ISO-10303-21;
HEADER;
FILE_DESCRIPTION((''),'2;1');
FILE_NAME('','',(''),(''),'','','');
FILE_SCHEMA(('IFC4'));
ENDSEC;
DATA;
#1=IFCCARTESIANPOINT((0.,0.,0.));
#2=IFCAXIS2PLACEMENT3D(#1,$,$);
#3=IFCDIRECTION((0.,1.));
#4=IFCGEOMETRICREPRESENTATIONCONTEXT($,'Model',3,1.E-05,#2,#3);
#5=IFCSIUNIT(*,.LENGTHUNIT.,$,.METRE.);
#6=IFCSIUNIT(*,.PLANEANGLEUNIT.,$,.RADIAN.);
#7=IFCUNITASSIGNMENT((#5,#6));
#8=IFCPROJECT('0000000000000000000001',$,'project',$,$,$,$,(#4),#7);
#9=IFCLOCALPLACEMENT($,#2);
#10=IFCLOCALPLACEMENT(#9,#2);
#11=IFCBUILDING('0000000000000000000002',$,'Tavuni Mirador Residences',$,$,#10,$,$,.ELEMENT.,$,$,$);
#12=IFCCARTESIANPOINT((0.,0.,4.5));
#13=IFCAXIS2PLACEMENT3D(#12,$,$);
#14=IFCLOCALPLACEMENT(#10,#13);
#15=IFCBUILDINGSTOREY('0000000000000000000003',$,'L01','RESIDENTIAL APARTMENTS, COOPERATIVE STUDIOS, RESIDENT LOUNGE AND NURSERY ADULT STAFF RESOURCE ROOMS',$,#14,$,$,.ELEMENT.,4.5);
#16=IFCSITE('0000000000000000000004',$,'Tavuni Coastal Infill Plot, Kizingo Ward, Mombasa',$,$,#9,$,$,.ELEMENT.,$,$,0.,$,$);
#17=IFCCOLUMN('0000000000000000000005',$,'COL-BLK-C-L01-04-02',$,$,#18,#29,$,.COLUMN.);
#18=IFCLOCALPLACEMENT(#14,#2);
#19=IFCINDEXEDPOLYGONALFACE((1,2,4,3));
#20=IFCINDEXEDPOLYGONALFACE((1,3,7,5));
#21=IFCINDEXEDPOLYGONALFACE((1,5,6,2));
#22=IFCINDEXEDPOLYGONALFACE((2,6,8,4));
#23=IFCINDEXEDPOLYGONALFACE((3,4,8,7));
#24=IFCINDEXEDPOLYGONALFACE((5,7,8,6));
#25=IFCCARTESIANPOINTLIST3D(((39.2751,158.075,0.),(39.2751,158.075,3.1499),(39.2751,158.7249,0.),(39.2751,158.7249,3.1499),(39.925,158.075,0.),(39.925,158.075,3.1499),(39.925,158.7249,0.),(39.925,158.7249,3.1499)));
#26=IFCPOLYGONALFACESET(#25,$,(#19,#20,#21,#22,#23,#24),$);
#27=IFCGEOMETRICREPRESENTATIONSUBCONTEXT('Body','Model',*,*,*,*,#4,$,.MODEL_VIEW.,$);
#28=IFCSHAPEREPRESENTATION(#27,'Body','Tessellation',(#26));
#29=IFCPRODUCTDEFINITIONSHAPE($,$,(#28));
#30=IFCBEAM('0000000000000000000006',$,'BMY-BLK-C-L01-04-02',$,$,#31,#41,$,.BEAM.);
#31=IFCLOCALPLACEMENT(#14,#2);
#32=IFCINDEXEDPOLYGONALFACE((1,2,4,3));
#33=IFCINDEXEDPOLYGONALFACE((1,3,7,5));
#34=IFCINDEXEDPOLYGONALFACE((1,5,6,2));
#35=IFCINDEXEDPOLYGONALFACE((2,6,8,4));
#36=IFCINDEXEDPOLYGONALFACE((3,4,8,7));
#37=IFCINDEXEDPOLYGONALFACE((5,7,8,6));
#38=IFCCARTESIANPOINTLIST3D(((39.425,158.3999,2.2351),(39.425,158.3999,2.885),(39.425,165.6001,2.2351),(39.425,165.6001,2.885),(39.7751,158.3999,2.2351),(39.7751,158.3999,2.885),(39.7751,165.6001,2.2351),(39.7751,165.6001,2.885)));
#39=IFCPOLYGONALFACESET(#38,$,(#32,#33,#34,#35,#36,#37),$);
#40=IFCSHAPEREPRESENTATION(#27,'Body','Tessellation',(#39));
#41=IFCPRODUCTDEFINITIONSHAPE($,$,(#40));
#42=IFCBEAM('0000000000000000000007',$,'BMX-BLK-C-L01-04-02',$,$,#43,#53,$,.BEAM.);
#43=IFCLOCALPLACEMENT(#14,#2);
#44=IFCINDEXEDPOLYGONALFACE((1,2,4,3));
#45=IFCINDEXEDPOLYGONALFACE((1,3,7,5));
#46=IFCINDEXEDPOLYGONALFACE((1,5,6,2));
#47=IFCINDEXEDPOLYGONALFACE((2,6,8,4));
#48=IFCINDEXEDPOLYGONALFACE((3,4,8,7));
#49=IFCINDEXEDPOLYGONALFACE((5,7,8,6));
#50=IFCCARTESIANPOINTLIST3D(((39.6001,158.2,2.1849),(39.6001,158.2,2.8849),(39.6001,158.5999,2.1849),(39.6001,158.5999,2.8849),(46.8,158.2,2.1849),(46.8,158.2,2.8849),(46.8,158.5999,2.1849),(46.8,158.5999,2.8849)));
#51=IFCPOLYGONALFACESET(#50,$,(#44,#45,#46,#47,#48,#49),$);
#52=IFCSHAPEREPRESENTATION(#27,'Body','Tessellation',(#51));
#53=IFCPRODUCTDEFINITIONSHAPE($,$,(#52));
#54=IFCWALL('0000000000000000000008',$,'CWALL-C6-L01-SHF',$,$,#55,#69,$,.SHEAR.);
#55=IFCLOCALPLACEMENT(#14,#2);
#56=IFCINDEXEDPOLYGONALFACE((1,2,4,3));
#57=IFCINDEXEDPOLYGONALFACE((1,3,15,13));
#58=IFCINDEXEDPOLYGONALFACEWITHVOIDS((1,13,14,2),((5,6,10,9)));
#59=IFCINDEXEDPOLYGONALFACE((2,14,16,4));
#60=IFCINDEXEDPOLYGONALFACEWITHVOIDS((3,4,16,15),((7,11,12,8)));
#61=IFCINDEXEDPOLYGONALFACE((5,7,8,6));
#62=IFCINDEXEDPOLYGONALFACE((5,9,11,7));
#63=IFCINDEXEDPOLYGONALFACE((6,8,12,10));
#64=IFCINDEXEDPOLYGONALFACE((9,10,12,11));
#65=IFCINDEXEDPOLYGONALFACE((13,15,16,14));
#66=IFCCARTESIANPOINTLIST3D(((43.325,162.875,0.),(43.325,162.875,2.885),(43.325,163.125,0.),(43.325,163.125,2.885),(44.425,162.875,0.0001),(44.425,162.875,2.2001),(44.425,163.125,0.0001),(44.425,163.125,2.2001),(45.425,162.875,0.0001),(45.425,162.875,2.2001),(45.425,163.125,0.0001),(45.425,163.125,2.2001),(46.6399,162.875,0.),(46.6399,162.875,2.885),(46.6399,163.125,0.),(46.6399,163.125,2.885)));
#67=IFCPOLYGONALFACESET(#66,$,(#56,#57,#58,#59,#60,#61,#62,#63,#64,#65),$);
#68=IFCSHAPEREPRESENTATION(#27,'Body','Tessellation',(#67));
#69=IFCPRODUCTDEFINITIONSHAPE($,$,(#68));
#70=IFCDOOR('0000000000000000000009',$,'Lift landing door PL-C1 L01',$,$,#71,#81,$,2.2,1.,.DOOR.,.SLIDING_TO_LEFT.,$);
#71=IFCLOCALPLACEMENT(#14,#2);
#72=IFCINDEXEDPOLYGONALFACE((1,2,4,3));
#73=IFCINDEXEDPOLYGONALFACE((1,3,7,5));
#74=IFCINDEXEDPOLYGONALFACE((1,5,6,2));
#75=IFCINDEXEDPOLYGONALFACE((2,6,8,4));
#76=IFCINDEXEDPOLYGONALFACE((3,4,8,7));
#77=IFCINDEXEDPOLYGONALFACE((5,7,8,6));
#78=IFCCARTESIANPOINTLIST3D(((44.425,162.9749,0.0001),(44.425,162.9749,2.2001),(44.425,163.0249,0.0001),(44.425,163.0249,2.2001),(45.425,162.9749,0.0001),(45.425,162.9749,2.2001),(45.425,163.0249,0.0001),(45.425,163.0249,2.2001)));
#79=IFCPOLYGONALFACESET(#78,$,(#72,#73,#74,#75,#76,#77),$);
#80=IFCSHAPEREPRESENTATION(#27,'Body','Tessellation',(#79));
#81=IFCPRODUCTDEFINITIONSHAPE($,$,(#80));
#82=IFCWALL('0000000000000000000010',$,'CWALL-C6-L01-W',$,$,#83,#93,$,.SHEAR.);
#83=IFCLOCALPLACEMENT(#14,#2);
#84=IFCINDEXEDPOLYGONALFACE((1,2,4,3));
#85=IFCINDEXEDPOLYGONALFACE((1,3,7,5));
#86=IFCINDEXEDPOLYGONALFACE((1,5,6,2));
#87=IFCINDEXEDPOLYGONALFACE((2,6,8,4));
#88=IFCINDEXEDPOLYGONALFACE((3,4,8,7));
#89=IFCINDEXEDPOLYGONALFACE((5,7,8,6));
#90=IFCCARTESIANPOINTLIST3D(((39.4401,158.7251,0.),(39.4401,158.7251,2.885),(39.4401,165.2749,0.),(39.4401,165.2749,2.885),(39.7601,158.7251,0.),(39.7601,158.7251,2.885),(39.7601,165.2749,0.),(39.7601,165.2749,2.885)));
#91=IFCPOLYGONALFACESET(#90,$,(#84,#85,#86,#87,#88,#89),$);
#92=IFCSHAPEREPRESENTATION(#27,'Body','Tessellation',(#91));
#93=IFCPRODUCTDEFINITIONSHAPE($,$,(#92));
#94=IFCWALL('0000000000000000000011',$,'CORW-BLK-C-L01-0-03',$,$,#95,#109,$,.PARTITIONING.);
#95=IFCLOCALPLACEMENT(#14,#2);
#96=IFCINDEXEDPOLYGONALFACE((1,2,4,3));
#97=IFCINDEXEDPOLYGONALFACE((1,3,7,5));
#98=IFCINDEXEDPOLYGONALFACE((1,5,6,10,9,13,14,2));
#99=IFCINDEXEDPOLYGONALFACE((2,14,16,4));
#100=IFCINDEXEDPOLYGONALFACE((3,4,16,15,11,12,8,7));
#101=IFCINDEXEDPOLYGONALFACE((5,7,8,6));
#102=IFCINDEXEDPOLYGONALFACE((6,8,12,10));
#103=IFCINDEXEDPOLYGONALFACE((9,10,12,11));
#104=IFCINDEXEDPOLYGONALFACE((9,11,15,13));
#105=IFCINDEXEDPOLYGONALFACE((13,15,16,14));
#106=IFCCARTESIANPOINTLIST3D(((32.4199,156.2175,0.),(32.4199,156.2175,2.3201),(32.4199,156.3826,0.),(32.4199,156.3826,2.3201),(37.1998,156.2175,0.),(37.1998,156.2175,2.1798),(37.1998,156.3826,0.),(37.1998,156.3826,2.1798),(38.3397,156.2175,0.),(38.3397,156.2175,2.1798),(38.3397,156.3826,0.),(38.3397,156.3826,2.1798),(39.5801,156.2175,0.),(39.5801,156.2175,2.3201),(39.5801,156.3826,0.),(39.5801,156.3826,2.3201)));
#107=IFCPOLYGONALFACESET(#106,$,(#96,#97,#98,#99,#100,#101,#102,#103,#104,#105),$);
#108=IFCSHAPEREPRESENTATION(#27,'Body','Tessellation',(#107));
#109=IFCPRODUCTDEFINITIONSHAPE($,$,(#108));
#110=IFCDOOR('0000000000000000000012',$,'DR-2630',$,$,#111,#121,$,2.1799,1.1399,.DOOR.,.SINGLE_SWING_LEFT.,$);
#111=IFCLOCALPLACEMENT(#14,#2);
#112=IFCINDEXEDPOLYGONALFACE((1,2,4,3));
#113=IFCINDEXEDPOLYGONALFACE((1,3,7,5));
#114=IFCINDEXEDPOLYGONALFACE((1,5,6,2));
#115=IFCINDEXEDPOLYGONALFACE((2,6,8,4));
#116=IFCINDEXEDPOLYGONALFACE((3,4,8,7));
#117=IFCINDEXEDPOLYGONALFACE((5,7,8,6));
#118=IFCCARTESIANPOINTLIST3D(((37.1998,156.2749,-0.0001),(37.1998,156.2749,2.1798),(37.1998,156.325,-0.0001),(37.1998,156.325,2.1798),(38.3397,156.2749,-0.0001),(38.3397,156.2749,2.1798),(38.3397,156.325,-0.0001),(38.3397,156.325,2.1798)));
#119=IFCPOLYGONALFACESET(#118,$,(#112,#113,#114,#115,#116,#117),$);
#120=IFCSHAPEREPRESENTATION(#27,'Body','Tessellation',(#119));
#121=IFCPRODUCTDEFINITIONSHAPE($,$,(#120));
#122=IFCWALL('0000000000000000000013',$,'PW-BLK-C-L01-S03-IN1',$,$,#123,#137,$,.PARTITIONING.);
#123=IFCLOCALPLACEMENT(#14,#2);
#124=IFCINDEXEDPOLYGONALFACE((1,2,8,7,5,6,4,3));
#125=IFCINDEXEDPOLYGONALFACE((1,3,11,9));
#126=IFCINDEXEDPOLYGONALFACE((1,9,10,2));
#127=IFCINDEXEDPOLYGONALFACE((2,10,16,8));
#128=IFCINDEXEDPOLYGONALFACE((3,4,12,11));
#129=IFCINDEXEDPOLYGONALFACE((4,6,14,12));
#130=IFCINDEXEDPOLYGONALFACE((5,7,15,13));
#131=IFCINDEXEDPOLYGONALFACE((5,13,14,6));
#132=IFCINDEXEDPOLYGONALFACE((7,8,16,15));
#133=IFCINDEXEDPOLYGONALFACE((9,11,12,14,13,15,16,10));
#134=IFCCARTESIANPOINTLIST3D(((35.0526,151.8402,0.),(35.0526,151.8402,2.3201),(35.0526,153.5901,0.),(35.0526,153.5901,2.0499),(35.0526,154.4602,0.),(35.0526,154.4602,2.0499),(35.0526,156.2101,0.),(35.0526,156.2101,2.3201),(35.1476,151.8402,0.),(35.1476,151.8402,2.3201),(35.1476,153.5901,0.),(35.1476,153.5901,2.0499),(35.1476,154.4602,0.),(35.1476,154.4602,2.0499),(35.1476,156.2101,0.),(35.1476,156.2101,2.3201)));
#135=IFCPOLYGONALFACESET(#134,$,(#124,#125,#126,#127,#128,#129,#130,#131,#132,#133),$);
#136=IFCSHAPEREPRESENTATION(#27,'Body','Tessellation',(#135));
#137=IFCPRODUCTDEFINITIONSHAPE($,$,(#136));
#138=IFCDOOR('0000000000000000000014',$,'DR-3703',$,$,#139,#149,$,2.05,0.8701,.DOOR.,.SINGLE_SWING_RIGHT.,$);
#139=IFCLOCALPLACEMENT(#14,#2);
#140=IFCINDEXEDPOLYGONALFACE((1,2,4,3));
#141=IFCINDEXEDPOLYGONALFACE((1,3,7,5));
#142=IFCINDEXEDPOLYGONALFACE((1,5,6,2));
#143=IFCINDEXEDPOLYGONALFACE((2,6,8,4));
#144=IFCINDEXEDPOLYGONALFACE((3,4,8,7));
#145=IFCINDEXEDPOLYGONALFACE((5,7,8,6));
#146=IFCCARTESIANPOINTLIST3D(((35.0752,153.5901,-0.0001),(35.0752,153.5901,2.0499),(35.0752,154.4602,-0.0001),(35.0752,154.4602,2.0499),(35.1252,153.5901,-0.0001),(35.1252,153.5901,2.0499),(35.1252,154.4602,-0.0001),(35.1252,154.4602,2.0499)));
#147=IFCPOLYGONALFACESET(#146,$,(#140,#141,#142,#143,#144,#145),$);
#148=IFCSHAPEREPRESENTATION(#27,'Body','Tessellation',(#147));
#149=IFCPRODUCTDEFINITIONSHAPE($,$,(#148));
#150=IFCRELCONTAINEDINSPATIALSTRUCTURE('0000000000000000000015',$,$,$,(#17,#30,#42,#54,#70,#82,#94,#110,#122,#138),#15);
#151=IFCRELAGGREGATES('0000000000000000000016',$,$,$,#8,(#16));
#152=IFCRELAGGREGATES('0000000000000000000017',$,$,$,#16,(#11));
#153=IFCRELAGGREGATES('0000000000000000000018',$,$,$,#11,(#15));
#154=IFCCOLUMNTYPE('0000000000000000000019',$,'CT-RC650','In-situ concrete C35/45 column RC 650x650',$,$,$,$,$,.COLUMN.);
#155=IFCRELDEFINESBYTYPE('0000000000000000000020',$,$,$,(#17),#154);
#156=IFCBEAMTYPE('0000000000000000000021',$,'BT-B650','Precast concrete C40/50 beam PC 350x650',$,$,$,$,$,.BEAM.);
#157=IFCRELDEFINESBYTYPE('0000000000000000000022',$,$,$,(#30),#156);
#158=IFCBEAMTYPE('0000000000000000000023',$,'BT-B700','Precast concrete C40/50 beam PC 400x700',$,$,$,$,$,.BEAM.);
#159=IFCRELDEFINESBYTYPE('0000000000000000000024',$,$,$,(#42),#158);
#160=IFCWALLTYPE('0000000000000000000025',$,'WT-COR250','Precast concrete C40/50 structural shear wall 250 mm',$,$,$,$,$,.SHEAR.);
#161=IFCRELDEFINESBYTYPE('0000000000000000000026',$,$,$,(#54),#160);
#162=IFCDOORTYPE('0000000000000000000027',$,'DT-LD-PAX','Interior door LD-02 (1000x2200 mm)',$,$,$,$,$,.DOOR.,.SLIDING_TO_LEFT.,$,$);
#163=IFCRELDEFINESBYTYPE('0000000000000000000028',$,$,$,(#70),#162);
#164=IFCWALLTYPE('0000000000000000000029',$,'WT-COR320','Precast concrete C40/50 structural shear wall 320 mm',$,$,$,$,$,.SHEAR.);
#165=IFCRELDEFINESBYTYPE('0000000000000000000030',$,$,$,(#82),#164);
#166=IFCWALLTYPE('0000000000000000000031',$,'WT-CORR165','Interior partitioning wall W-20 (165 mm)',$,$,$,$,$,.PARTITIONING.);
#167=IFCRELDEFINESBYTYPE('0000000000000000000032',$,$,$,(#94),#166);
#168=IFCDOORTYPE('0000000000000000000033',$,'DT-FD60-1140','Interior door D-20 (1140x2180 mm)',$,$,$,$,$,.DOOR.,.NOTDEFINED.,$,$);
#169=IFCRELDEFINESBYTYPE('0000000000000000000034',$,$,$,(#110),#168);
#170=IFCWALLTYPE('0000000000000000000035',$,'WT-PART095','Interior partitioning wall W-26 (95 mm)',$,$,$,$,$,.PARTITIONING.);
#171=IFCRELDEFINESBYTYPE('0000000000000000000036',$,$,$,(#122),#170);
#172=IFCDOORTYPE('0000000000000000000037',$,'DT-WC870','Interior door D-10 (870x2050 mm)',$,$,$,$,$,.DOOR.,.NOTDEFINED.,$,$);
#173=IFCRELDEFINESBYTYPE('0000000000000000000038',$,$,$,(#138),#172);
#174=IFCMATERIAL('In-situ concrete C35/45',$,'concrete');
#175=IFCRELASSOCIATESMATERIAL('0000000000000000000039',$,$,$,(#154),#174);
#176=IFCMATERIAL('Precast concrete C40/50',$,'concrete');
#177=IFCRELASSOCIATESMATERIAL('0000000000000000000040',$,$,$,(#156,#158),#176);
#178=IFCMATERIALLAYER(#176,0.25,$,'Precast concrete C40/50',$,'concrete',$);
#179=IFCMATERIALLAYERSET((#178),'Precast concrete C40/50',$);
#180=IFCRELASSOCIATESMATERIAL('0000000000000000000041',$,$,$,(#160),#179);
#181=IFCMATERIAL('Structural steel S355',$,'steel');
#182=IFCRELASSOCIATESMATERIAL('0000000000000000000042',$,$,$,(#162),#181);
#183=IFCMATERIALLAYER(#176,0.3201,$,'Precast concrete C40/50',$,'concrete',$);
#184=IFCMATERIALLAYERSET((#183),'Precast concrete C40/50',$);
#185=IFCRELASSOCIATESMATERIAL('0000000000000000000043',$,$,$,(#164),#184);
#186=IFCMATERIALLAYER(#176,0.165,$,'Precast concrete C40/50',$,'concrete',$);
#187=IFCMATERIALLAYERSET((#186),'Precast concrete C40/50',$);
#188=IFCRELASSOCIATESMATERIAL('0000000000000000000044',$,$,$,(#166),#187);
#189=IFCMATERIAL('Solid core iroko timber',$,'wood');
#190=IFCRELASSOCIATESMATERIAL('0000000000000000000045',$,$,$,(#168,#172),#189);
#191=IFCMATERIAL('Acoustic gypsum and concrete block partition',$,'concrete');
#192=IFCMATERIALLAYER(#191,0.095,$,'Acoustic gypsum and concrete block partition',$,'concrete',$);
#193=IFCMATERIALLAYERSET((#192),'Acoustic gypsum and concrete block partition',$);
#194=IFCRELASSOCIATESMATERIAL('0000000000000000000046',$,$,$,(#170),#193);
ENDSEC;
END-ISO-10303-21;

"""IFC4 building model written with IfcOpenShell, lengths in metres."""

from ifc_helpers import new_model, si_unit, direction, frame, frame_2d, origin, origin_2d, place, context, subcontext, project, spatial, rectangle, extrude, material, layer, layer_set, material_profile, profile_set, type_object, element, fill, save


model = new_model("IFC4")

# Units and contexts
model_context = context("Model", 3, precision=1e-05, world=origin(), true_north=direction((0.0, 1.0)))
body_context = subcontext(model_context, "Body", "Model", "MODEL_VIEW")
ifc_project = project(units=[si_unit("LENGTHUNIT", "METRE"), si_unit("PLANEANGLEUNIT", "RADIAN")], contexts=[model_context])

# Site, building, storey
site_placement = place(None, origin())
site = spatial("IfcSite", under=ifc_project, at=site_placement, Name="Tavuni Coastal Infill Plot, Kizingo Ward, Mombasa", CompositionType="ELEMENT", RefElevation=0.0)
building_placement = place(site_placement, origin())
building = spatial("IfcBuilding", under=site, at=building_placement, Name="Tavuni Mirador Residences", CompositionType="ELEMENT")
storey_placement = place(building_placement, frame((0.0, 0.0, 4.5)))
storey = spatial("IfcBuildingStorey", under=building, at=storey_placement, Name="L01", Description="RESIDENTIAL APARTMENTS, COOPERATIVE STUDIOS, RESIDENT LOUNGE AND NURSERY ADULT STAFF RESOURCE ROOMS", CompositionType="ELEMENT", Elevation=4.5)

# Column
ifc_material_1 = material(Name="In-situ concrete C35/45", Category="concrete")
ifc_material_profile_1 = material_profile(ifc_material_1, rectangle(XDim=0.6499, YDim=0.6499, at=origin_2d()), Name="RC 650x650", Category="concrete")
ifc_profile_set_1 = profile_set([ifc_material_profile_1], Name="In-situ concrete C35/45")
column_type = type_object("IfcColumnType", Name="CT-RC650", Description="In-situ concrete C35/45 column RC 650x650", PredefinedType="COLUMN", material=ifc_profile_set_1)
column_placement = place(storey_placement, frame((39.6001, 158.3999, 0.0), z_axis=(0.0, 0.0, 1.0), x_axis=(1.0, 0.0, 0.0)))
element("IfcColumn", 1, at=column_placement, inside=storey, type_object=column_type, Name="COL-BLK-C-L01-04-02", PredefinedType="COLUMN", context=body_context, shape_type="SweptSolid", body=[
    extrude(rectangle(XDim=0.6499, YDim=0.6499, at=origin_2d()), origin(), (0.0, 0.0, 1.0), 3.1499),
])

# Beams
ifc_material_2 = material(Name="Precast concrete C40/50", Category="concrete")
ifc_material_profile_2 = material_profile(ifc_material_2, rectangle(XDim=0.3501, YDim=0.6499, at=origin_2d()), Name="PC 350x650", Category="concrete")
ifc_profile_set_2 = profile_set([ifc_material_profile_2], Name="Precast concrete C40/50")
beam_type_1 = type_object("IfcBeamType", Name="BT-B650", Description="Precast concrete C40/50 beam PC 350x650", PredefinedType="BEAM", material=ifc_profile_set_2)
beam_1_placement = place(storey_placement, frame((39.6001, 158.3999, 2.5601), z_axis=(0.0, 1.0, 0.0), x_axis=(-1.0, 0.0, 0.0)))
element("IfcBeam", 2, at=beam_1_placement, inside=storey, type_object=beam_type_1, Name="BMY-BLK-C-L01-04-02", PredefinedType="BEAM", context=body_context, shape_type="SweptSolid", body=[
    extrude(rectangle(XDim=0.3501, YDim=0.6499, at=origin_2d()), origin(), (0.0, 0.0, 1.0), 7.2002),
])
ifc_material_profile_3 = material_profile(ifc_material_2, rectangle(XDim=0.3999, YDim=0.7, at=origin_2d()), Name="PC 400x700", Category="concrete")
ifc_profile_set_3 = profile_set([ifc_material_profile_3], Name="Precast concrete C40/50")
beam_type_2 = type_object("IfcBeamType", Name="BT-B700", Description="Precast concrete C40/50 beam PC 400x700", PredefinedType="BEAM", material=ifc_profile_set_3)
beam_2_placement = place(storey_placement, frame((39.6001, 158.3999, 2.5349), z_axis=(1.0, 0.0, 0.0), x_axis=(0.0, 1.0, 0.0)))
element("IfcBeam", 3, at=beam_2_placement, inside=storey, type_object=beam_type_2, Name="BMX-BLK-C-L01-04-02", PredefinedType="BEAM", context=body_context, shape_type="SweptSolid", body=[
    extrude(rectangle(XDim=0.3999, YDim=0.7, at=origin_2d()), origin(), (0.0, 0.0, 1.0), 7.2),
])

# Wall, opening, door
ifc_layer_1 = layer(ifc_material_2, 0.25, Name="Precast concrete C40/50", Category="concrete")
ifc_layer_set_1 = layer_set([ifc_layer_1], Name="Precast concrete C40/50")
wall_type_1 = type_object("IfcWallType", Name="WT-COR250", Description="Precast concrete C40/50 structural shear wall 250 mm", PredefinedType="SHEAR", material=ifc_layer_set_1)
ifc_material_3 = material(Name="Solid core iroko timber", Category="wood")
wall_1_placement = place(storey_placement, frame((43.325, 163.0, 0.0), z_axis=(0.0, 0.0, 1.0), x_axis=(1.0, 0.0, 0.0)))
wall_1 = element("IfcWall", 4, at=wall_1_placement, inside=storey, type_object=wall_type_1, Name="CWALL-C6-L01-SHF", PredefinedType="SHEAR", context=body_context, shape_type="SweptSolid", body=[
    extrude(rectangle(XDim=3.3149, YDim=0.25, at=frame_2d((1.6575, 0.0))), origin(), (0.0, 0.0, 1.0), 2.885),
])
opening_1_placement = place(wall_1_placement, frame((1.1001, 0.0, 0.0)))
opening_1 = element("IfcOpeningElement", 5, at=opening_1_placement, cuts=wall_1, PredefinedType="OPENING", context=body_context, shape_type="SweptSolid", body=[
    extrude(rectangle(XDim=1.0, YDim=2.2, at=frame_2d((0.5, 1.1001))), frame((0.0, 0.135, 0.0), z_axis=(0.0, -1.0, 0.0), x_axis=(1.0, 0.0, 0.0)), (0.0, 0.0, 1.0), 0.27),
])
ifc_material_4 = material(Name="Structural steel S355", Category="steel")
door_type_1 = type_object("IfcDoorType", Name="DT-LD-PAX", Description="Interior door LD-02 (1000x2200 mm)", OperationType="SLIDING_TO_LEFT", PredefinedType="DOOR", material=ifc_material_4)
door_1_placement = place(opening_1_placement, origin())
door_1 = element("IfcDoor", 6, at=door_1_placement, inside=storey, type_object=door_type_1, Name="Lift landing door PL-C1 L01", OperationType="SLIDING_TO_LEFT", OverallHeight=2.2, OverallWidth=1.0, PredefinedType="DOOR", context=body_context, shape_type="SweptSolid", body=[
    extrude(rectangle(XDim=1.0, YDim=2.2, at=frame_2d((0.5, 1.1001))), frame((0.0, 0.0249, 0.0), z_axis=(0.0, -1.0, 0.0), x_axis=(1.0, 0.0, 0.0)), (0.0, 0.0, 1.0), 0.05),
])
fill(opening_1, door_1)

# Wall
ifc_layer_2 = layer(ifc_material_2, 0.3201, Name="Precast concrete C40/50", Category="concrete")
ifc_layer_set_2 = layer_set([ifc_layer_2], Name="Precast concrete C40/50")
wall_type_2 = type_object("IfcWallType", Name="WT-COR320", Description="Precast concrete C40/50 structural shear wall 320 mm", PredefinedType="SHEAR", material=ifc_layer_set_2)
wall_2_placement = place(storey_placement, frame((39.6001, 158.7251, 0.0), z_axis=(0.0, 0.0, 1.0), x_axis=(0.0, 1.0, 0.0)))
element("IfcWall", 7, at=wall_2_placement, inside=storey, type_object=wall_type_2, Name="CWALL-C6-L01-W", PredefinedType="SHEAR", context=body_context, shape_type="SweptSolid", body=[
    extrude(rectangle(XDim=6.5498, YDim=0.3201, at=frame_2d((3.2749, 0.0))), origin(), (0.0, 0.0, 1.0), 2.885),
])

# Walls, openings, doors
ifc_layer_3 = layer(ifc_material_2, 0.165, Name="Precast concrete C40/50", Category="concrete")
ifc_layer_set_3 = layer_set([ifc_layer_3], Name="Precast concrete C40/50")
wall_type_3 = type_object("IfcWallType", Name="WT-CORR165", Description="Interior partitioning wall W-20 (165 mm)", PredefinedType="PARTITIONING", material=ifc_layer_set_3)
wall_3_placement = place(storey_placement, frame((32.4199, 156.3, 0.0), z_axis=(0.0, 0.0, 1.0), x_axis=(1.0, 0.0, 0.0)))
wall_3 = element("IfcWall", 8, at=wall_3_placement, inside=storey, type_object=wall_type_3, Name="CORW-BLK-C-L01-0-03", PredefinedType="PARTITIONING", context=body_context, shape_type="SweptSolid", body=[
    extrude(rectangle(XDim=7.1602, YDim=0.165, at=frame_2d((3.5801, 0.0))), origin(), (0.0, 0.0, 1.0), 2.3201),
])
opening_2_placement = place(wall_3_placement, frame((4.78, 0.0, 0.0)))
opening_2 = element("IfcOpeningElement", 9, at=opening_2_placement, cuts=wall_3, PredefinedType="OPENING", context=body_context, shape_type="SweptSolid", body=[
    extrude(rectangle(XDim=1.1399, YDim=2.1799, at=frame_2d((0.5698, 1.0898))), frame((0.0, 0.0925, 0.0), z_axis=(0.0, -1.0, 0.0), x_axis=(1.0, 0.0, 0.0)), (0.0, 0.0, 1.0), 0.1851),
])
door_type_2 = type_object("IfcDoorType", Name="DT-FD60-1140", Description="Interior door D-20 (1140x2180 mm)", OperationType="NOTDEFINED", PredefinedType="DOOR", material=ifc_material_3)
door_2_placement = place(opening_2_placement, origin())
door_2 = element("IfcDoor", 10, at=door_2_placement, inside=storey, type_object=door_type_2, Name="DR-2630", OperationType="SINGLE_SWING_LEFT", OverallHeight=2.1799, OverallWidth=1.1399, PredefinedType="DOOR", context=body_context, shape_type="SweptSolid", body=[
    extrude(rectangle(XDim=1.1399, YDim=2.1799, at=frame_2d((0.5698, 1.0898))), frame((0.0, 0.0249, 0.0), z_axis=(0.0, -1.0, 0.0), x_axis=(1.0, 0.0, 0.0)), (0.0, 0.0, 1.0), 0.05),
])
fill(opening_2, door_2)
ifc_material_5 = material(Name="Acoustic gypsum and concrete block partition", Category="concrete")
ifc_layer_4 = layer(ifc_material_5, 0.095, Name="Acoustic gypsum and concrete block partition", Category="concrete")
ifc_layer_set_4 = layer_set([ifc_layer_4], Name="Acoustic gypsum and concrete block partition")
wall_type_4 = type_object("IfcWallType", Name="WT-PART095", Description="Interior partitioning wall W-26 (95 mm)", PredefinedType="PARTITIONING", material=ifc_layer_set_4)
wall_4_placement = place(storey_placement, frame((35.1001, 151.8401, 0.0), z_axis=(0.0, 0.0, 1.0), x_axis=(0.0, 1.0, 0.0)))
wall_4 = element("IfcWall", 11, at=wall_4_placement, inside=storey, type_object=wall_type_4, Name="PW-BLK-C-L01-S03-IN1", PredefinedType="PARTITIONING", context=body_context, shape_type="SweptSolid", body=[
    extrude(rectangle(XDim=4.3699, YDim=0.095, at=frame_2d((2.1851, 0.0))), origin(), (0.0, 0.0, 1.0), 2.3201),
])
opening_3_placement = place(wall_4_placement, frame((1.75, 0.0, 0.0)))
opening_3 = element("IfcOpeningElement", 12, at=opening_3_placement, cuts=wall_4, PredefinedType="OPENING", context=body_context, shape_type="SweptSolid", body=[
    extrude(rectangle(XDim=0.8701, YDim=2.05, at=frame_2d((0.4351, 1.0249))), frame((0.0, 0.0576, 0.0), z_axis=(0.0, -1.0, 0.0), x_axis=(1.0, 0.0, 0.0)), (0.0, 0.0, 1.0), 0.115),
])
door_type_3 = type_object("IfcDoorType", Name="DT-WC870", Description="Interior door D-10 (870x2050 mm)", OperationType="NOTDEFINED", PredefinedType="DOOR", material=ifc_material_3)
door_3_placement = place(opening_3_placement, origin())
door_3 = element("IfcDoor", 13, at=door_3_placement, inside=storey, type_object=door_type_3, Name="DR-3703", OperationType="SINGLE_SWING_RIGHT", OverallHeight=2.05, OverallWidth=0.8701, PredefinedType="DOOR", context=body_context, shape_type="SweptSolid", body=[
    extrude(rectangle(XDim=0.8701, YDim=2.05, at=frame_2d((0.4351, 1.0249))), frame((0.0, 0.0249, 0.0), z_axis=(0.0, -1.0, 0.0), x_axis=(1.0, 0.0, 0.0)), (0.0, 0.0, 1.0), 0.05),
])
fill(opening_3, door_3)

save(model, "model.ifc")
